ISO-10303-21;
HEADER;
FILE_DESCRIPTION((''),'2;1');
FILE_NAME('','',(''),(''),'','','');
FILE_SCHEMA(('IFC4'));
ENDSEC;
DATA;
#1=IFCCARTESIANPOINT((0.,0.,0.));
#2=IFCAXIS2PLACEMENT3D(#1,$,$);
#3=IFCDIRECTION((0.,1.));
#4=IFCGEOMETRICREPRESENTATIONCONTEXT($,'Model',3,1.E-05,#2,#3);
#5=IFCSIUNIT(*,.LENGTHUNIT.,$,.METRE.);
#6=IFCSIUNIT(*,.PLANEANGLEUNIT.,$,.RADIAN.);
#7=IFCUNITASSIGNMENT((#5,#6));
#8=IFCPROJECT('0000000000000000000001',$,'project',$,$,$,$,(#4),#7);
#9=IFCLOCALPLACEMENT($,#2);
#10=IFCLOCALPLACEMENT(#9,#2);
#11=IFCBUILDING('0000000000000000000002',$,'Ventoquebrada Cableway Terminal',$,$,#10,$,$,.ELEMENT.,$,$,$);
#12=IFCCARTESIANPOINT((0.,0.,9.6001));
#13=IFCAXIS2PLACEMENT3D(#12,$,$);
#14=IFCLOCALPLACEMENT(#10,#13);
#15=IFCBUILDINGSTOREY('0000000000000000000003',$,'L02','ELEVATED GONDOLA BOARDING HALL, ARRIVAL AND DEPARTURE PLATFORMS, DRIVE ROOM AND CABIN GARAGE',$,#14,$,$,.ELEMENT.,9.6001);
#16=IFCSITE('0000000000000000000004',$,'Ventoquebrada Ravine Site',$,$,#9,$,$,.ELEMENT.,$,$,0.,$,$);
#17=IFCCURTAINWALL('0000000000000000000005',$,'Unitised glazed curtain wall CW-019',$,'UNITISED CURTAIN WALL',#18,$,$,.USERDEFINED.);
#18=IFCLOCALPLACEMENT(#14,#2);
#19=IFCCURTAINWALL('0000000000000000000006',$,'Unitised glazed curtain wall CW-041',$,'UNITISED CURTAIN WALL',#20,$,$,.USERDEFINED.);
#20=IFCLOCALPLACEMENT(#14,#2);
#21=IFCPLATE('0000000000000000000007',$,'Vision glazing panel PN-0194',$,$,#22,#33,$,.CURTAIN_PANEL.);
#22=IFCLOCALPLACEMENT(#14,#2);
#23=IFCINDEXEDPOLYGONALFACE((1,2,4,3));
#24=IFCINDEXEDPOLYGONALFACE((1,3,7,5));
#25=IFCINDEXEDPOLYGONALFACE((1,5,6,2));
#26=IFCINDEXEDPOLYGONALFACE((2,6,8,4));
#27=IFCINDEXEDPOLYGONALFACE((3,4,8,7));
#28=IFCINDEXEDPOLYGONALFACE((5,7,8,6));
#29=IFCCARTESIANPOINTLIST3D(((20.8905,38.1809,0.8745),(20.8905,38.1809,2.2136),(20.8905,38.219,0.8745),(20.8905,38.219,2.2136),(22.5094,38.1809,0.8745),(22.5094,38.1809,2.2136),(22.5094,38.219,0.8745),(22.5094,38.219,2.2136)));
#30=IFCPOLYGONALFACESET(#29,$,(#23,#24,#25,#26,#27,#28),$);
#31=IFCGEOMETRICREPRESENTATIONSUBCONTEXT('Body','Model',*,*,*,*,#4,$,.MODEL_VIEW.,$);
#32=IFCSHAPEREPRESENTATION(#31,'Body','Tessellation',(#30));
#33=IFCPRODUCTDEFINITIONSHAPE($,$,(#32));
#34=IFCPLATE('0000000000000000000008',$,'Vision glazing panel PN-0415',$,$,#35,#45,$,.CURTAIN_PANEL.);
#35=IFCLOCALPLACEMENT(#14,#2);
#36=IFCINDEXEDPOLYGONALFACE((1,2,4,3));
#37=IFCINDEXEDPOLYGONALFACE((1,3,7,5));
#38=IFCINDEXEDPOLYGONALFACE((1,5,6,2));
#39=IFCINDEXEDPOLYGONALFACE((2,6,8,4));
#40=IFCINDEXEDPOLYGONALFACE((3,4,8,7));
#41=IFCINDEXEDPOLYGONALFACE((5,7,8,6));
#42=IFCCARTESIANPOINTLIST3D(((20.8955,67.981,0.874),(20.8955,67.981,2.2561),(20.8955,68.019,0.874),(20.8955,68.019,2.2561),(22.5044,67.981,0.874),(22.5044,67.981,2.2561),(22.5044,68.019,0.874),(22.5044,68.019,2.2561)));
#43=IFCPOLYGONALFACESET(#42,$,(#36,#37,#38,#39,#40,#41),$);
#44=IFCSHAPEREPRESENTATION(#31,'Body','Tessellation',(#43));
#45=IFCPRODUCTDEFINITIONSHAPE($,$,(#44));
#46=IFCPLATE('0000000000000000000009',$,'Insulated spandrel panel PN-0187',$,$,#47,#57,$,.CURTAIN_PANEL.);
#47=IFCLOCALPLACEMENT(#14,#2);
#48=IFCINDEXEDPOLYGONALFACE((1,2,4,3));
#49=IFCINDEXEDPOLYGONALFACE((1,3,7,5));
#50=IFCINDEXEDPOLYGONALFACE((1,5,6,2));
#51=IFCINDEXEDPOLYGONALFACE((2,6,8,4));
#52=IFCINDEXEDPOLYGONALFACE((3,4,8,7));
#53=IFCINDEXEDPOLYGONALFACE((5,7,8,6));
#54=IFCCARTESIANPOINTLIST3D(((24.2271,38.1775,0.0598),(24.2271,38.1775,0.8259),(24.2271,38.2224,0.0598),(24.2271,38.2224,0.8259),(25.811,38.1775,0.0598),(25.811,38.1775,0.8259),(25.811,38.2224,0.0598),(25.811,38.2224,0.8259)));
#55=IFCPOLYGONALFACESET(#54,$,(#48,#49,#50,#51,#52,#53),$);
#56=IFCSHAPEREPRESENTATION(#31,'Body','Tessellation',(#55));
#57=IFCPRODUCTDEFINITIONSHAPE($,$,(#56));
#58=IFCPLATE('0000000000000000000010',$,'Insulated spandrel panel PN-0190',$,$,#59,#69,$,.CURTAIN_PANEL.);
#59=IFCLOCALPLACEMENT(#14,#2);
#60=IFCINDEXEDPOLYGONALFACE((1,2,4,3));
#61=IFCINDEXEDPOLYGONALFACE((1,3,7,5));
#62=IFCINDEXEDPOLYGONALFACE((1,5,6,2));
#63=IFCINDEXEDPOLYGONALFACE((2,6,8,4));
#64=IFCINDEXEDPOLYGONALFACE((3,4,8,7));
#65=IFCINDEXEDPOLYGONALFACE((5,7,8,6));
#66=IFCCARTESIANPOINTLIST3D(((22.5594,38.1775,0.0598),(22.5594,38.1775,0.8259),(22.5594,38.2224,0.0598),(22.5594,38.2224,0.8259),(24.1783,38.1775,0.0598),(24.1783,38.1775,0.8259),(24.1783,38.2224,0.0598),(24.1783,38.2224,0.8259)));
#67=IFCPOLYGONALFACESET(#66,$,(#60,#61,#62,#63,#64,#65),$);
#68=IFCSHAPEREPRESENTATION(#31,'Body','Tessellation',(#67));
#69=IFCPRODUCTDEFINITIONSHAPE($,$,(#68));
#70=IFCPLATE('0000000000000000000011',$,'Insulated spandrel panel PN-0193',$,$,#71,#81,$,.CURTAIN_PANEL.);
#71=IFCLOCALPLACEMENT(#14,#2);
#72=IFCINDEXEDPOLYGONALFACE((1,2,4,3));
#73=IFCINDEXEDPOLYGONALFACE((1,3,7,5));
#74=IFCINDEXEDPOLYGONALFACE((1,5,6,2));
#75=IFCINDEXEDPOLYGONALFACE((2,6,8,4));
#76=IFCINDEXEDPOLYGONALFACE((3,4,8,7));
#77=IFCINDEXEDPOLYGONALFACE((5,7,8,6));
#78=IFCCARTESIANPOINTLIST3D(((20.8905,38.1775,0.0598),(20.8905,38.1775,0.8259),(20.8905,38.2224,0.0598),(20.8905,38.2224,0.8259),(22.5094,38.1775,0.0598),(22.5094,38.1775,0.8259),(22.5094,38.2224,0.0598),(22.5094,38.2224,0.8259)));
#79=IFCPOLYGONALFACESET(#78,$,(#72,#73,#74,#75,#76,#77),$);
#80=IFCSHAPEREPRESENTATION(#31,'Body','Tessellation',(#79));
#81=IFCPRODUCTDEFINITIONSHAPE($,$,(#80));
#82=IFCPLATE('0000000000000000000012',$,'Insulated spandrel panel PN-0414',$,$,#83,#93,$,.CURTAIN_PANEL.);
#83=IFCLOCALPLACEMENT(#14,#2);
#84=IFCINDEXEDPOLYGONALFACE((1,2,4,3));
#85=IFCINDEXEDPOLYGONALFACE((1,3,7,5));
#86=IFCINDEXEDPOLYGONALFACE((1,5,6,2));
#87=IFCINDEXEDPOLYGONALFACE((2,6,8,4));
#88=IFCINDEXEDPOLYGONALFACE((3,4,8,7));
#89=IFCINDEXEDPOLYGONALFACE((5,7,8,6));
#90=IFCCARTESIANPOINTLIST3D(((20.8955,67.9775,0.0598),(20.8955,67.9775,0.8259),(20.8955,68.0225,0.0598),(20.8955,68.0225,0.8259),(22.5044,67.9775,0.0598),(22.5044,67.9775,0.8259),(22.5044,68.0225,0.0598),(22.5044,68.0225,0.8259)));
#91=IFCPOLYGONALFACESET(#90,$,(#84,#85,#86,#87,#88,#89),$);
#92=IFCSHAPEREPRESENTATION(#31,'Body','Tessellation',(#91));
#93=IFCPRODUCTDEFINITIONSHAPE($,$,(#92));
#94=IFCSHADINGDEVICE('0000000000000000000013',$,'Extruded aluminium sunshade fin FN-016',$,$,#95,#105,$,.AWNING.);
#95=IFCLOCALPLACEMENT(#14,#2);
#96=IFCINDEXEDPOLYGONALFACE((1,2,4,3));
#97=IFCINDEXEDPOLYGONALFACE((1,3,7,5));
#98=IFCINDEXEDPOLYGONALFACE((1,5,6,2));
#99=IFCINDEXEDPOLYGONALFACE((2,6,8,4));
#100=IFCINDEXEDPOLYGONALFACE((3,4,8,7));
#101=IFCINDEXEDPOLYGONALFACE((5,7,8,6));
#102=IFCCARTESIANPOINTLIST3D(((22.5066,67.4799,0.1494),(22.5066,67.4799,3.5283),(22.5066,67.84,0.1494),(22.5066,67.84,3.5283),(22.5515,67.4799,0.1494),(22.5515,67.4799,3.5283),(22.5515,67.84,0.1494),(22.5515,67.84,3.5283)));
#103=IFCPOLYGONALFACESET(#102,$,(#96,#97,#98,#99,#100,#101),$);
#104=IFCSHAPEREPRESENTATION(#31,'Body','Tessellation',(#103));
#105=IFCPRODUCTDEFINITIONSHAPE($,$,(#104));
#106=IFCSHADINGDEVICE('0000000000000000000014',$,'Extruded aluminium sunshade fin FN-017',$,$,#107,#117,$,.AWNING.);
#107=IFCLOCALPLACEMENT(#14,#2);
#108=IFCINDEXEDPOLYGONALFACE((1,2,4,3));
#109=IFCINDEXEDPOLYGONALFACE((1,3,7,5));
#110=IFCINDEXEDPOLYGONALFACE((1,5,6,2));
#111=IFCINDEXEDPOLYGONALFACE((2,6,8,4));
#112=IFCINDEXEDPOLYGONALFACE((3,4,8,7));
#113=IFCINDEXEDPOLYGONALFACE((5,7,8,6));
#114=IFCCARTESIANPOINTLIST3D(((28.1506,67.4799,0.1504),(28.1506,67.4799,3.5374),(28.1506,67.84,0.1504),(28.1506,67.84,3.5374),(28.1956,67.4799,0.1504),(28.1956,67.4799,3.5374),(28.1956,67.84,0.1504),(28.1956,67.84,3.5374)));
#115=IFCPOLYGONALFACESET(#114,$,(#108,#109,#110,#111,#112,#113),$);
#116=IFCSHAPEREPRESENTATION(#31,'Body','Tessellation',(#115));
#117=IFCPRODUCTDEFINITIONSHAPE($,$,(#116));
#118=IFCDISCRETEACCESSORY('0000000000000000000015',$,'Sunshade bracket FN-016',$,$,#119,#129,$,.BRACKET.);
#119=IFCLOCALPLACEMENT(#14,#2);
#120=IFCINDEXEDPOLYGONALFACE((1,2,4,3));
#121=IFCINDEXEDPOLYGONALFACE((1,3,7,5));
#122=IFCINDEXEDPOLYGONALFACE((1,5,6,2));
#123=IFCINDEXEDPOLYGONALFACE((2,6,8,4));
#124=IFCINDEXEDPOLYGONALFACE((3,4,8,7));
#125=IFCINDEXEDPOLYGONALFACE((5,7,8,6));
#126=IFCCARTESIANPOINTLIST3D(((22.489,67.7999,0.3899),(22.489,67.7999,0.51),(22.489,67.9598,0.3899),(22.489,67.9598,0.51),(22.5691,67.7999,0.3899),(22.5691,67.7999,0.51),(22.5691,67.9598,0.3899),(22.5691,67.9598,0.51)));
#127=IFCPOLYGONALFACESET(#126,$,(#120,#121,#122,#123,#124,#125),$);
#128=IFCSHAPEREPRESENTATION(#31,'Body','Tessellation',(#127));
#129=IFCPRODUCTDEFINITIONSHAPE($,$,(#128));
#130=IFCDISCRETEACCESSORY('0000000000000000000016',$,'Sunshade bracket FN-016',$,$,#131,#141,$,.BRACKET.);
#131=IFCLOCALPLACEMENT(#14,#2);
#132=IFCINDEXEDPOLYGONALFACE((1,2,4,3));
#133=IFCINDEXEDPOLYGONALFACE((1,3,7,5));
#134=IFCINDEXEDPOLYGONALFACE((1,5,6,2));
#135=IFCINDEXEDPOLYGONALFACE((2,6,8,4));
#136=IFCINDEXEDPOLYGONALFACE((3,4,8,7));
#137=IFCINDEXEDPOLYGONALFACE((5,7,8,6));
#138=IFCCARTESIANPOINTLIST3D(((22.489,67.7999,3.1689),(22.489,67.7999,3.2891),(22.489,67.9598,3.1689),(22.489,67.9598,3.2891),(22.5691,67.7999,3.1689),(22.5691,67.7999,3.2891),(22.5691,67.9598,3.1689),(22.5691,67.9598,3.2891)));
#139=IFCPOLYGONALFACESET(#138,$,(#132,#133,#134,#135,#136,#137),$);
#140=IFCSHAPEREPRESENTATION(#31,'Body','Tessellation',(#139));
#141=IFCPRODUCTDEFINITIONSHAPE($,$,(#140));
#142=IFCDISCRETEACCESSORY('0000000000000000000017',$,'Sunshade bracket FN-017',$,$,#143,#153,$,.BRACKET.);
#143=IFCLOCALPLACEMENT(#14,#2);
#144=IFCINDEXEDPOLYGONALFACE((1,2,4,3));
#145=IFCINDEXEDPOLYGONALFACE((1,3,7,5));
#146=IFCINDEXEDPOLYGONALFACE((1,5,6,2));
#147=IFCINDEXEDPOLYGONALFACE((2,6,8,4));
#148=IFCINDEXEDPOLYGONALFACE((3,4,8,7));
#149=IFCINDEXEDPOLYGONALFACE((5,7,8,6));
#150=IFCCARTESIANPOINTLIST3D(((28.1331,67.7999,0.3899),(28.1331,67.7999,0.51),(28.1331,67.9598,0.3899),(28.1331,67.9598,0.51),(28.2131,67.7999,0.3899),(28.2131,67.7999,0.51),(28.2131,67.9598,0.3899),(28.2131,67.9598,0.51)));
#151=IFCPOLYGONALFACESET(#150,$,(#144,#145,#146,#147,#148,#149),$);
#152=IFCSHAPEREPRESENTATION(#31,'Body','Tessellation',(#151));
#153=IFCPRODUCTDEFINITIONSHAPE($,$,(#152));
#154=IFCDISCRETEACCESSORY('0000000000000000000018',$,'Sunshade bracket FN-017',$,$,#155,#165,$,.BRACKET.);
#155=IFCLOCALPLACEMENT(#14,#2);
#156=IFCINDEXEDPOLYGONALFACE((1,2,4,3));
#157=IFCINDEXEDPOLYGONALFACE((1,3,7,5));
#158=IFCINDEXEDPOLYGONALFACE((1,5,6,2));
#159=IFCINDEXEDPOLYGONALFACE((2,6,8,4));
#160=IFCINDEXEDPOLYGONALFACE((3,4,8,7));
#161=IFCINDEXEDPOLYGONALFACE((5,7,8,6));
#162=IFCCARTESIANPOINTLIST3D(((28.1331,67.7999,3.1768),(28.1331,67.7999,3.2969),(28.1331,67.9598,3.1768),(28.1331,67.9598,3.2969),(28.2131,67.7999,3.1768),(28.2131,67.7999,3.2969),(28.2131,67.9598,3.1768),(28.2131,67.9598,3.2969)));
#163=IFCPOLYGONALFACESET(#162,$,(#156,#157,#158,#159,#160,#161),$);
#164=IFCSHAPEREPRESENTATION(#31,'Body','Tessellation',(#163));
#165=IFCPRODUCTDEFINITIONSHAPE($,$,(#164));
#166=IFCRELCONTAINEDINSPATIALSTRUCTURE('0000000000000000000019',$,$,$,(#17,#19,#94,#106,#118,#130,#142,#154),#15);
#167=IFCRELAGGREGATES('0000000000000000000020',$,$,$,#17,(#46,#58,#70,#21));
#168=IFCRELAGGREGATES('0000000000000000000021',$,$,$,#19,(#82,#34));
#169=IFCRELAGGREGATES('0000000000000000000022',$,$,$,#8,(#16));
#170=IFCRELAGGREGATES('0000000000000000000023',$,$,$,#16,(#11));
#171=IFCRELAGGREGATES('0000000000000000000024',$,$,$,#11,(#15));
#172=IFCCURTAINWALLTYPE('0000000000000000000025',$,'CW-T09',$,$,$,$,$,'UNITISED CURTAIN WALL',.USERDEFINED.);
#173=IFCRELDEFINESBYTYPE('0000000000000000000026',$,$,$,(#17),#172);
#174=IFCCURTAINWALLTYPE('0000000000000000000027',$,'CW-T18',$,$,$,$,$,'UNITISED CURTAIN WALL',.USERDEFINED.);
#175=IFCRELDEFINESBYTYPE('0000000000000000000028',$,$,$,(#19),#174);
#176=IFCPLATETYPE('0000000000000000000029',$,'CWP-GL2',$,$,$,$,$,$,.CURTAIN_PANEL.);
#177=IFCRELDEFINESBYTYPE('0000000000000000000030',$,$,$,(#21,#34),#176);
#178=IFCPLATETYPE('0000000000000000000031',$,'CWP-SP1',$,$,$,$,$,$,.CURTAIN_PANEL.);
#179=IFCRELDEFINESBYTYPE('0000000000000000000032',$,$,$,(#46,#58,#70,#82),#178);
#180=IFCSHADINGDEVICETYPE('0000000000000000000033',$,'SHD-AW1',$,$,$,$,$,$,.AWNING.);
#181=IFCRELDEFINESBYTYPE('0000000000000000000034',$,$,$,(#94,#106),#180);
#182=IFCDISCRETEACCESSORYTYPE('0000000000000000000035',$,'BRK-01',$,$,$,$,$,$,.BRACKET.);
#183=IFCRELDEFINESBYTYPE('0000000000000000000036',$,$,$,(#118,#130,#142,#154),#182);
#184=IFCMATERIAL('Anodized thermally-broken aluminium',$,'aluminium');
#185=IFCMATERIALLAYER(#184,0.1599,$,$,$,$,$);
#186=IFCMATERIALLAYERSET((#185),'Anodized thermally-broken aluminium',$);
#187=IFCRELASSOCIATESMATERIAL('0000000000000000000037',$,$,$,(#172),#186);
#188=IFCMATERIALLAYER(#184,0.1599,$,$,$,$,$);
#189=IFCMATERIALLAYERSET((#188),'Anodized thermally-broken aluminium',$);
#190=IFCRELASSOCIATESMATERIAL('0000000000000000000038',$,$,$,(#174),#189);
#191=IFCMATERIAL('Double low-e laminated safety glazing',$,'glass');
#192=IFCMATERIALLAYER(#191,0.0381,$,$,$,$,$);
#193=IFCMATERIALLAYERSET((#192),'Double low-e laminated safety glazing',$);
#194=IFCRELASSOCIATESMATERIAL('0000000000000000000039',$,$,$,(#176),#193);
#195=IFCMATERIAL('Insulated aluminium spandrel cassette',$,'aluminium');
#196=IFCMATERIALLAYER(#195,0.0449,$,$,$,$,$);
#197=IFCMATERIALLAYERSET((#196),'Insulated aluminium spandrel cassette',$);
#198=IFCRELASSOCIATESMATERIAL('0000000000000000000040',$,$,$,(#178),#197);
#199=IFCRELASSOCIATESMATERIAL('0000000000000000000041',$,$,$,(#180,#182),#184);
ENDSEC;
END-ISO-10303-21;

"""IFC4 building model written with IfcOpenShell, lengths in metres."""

from ifc_helpers import new_model, si_unit, direction, frame, origin, origin_2d, place, context, subcontext, project, spatial, rectangle, extrude, material, layer, layer_set, type_object, element, aggregate, save


model = new_model("IFC4")

# Units and contexts
model_context = context("Model", 3, precision=1e-05, world=origin(), true_north=direction((0.0, 1.0)))
body_context = subcontext(model_context, "Body", "Model", "MODEL_VIEW")
ifc_project = project(units=[si_unit("LENGTHUNIT", "METRE"), si_unit("PLANEANGLEUNIT", "RADIAN")], contexts=[model_context])

# Site, building, storey
site_placement = place(None, origin())
site = spatial("IfcSite", under=ifc_project, at=site_placement, Name="Ventoquebrada Ravine Site", CompositionType="ELEMENT", RefElevation=0.0)
building_placement = place(site_placement, origin())
building = spatial("IfcBuilding", under=site, at=building_placement, Name="Ventoquebrada Cableway Terminal", CompositionType="ELEMENT")
storey_placement = place(building_placement, frame((0.0, 0.0, 9.6001)))
storey = spatial("IfcBuildingStorey", under=building, at=storey_placement, Name="L02", Description="ELEVATED GONDOLA BOARDING HALL, ARRIVAL AND DEPARTURE PLATFORMS, DRIVE ROOM AND CABIN GARAGE", CompositionType="ELEMENT", Elevation=9.6001)

# Curtain wall
ifc_material_1 = material(Name="Anodized thermally-broken aluminium", Category="aluminium")
ifc_layer_1 = layer(ifc_material_1, 0.1599)
ifc_layer_set_1 = layer_set([ifc_layer_1], Name="Anodized thermally-broken aluminium")
curtain_wall_type_1 = type_object("IfcCurtainWallType", Name="CW-T09", ElementType="UNITISED CURTAIN WALL", PredefinedType="USERDEFINED", material=ifc_layer_set_1)
curtain_wall_1_placement = place(storey_placement, origin())
curtain_wall_1 = element("IfcCurtainWall", 1, at=curtain_wall_1_placement, inside=storey, type_object=curtain_wall_type_1, Name="Unitised glazed curtain wall CW-019", ObjectType="UNITISED CURTAIN WALL", PredefinedType="USERDEFINED")

# Curtain wall
ifc_layer_2 = layer(ifc_material_1, 0.1599)
ifc_layer_set_2 = layer_set([ifc_layer_2], Name="Anodized thermally-broken aluminium")
curtain_wall_type_2 = type_object("IfcCurtainWallType", Name="CW-T18", ElementType="UNITISED CURTAIN WALL", PredefinedType="USERDEFINED", material=ifc_layer_set_2)
curtain_wall_2_placement = place(storey_placement, origin())
curtain_wall_2 = element("IfcCurtainWall", 2, at=curtain_wall_2_placement, inside=storey, type_object=curtain_wall_type_2, Name="Unitised glazed curtain wall CW-041", ObjectType="UNITISED CURTAIN WALL", PredefinedType="USERDEFINED")

# Plates
ifc_material_2 = material(Name="Double low-e laminated safety glazing", Category="glass")
ifc_layer_3 = layer(ifc_material_2, 0.0381)
ifc_layer_set_3 = layer_set([ifc_layer_3], Name="Double low-e laminated safety glazing")
plate_type_1 = type_object("IfcPlateType", Name="CWP-GL2", PredefinedType="CURTAIN_PANEL", material=ifc_layer_set_3)
plate_1_placement = place(storey_placement, frame((21.7, 38.2, 0.8745), z_axis=(0.0, 0.0, 1.0), x_axis=(-1.0, 0.0, 0.0)))
plate_1 = element("IfcPlate", 3, at=plate_1_placement, type_object=plate_type_1, Name="Vision glazing panel PN-0194", PredefinedType="CURTAIN_PANEL", context=body_context, shape_type="SweptSolid", body=[
    extrude(rectangle(XDim=1.6189, YDim=0.0381, at=origin_2d()), origin(), (0.0, 0.0, 1.0), 1.3391),
])
plate_2_placement = place(storey_placement, frame((21.7, 68.0, 0.874), z_axis=(0.0, 0.0, 1.0), x_axis=(1.0, 0.0, 0.0)))
plate_2 = element("IfcPlate", 4, at=plate_2_placement, type_object=plate_type_1, Name="Vision glazing panel PN-0415", PredefinedType="CURTAIN_PANEL", context=body_context, shape_type="SweptSolid", body=[
    extrude(rectangle(XDim=1.6089, YDim=0.0381, at=origin_2d()), origin(), (0.0, 0.0, 1.0), 1.3821),
])
ifc_material_3 = material(Name="Insulated aluminium spandrel cassette", Category="aluminium")
ifc_layer_4 = layer(ifc_material_3, 0.0449)
ifc_layer_set_4 = layer_set([ifc_layer_4], Name="Insulated aluminium spandrel cassette")
plate_type_2 = type_object("IfcPlateType", Name="CWP-SP1", PredefinedType="CURTAIN_PANEL", material=ifc_layer_set_4)
plate_3_placement = place(storey_placement, frame((25.019, 38.2, 0.0598), z_axis=(0.0, 0.0, 1.0), x_axis=(-1.0, 0.0, 0.0)))
plate_3 = element("IfcPlate", 5, at=plate_3_placement, type_object=plate_type_2, Name="Insulated spandrel panel PN-0187", PredefinedType="CURTAIN_PANEL", context=body_context, shape_type="SweptSolid", body=[
    extrude(rectangle(XDim=1.584, YDim=0.0449, at=origin_2d()), origin(), (0.0, 0.0, 1.0), 0.7661),
])
plate_4_placement = place(storey_placement, frame((23.3689, 38.2, 0.0598), z_axis=(0.0, 0.0, 1.0), x_axis=(-1.0, 0.0, 0.0)))
plate_4 = element("IfcPlate", 6, at=plate_4_placement, type_object=plate_type_2, Name="Insulated spandrel panel PN-0190", PredefinedType="CURTAIN_PANEL", context=body_context, shape_type="SweptSolid", body=[
    extrude(rectangle(XDim=1.6189, YDim=0.0449, at=origin_2d()), origin(), (0.0, 0.0, 1.0), 0.7661),
])
plate_5_placement = place(storey_placement, frame((21.7, 38.2, 0.0598), z_axis=(0.0, 0.0, 1.0), x_axis=(-1.0, 0.0, 0.0)))
plate_5 = element("IfcPlate", 7, at=plate_5_placement, type_object=plate_type_2, Name="Insulated spandrel panel PN-0193", PredefinedType="CURTAIN_PANEL", context=body_context, shape_type="SweptSolid", body=[
    extrude(rectangle(XDim=1.6189, YDim=0.0449, at=origin_2d()), origin(), (0.0, 0.0, 1.0), 0.7661),
])
aggregate(curtain_wall_1, [plate_3, plate_4, plate_5, plate_1])
plate_6_placement = place(storey_placement, frame((21.7, 68.0, 0.0598), z_axis=(0.0, 0.0, 1.0), x_axis=(1.0, 0.0, 0.0)))
plate_6 = element("IfcPlate", 8, at=plate_6_placement, type_object=plate_type_2, Name="Insulated spandrel panel PN-0414", PredefinedType="CURTAIN_PANEL", context=body_context, shape_type="SweptSolid", body=[
    extrude(rectangle(XDim=1.6089, YDim=0.0449, at=origin_2d()), origin(), (0.0, 0.0, 1.0), 0.7661),
])
aggregate(curtain_wall_2, [plate_6, plate_2])

# Shading devices
shading_device_type = type_object("IfcShadingDeviceType", Name="SHD-AW1", PredefinedType="AWNING", material=ifc_material_1)
shading_device_1_placement = place(storey_placement, frame((22.5291, 67.6599, 0.1494), z_axis=(0.0, 0.0, 1.0), x_axis=(1.0, 0.0, 0.0)))
element("IfcShadingDevice", 9, at=shading_device_1_placement, inside=storey, type_object=shading_device_type, Name="Extruded aluminium sunshade fin FN-016", PredefinedType="AWNING", context=body_context, shape_type="SweptSolid", body=[
    extrude(rectangle(XDim=0.0449, YDim=0.3601, at=origin_2d()), origin(), (0.0, 0.0, 1.0), 3.3789),
])
shading_device_2_placement = place(storey_placement, frame((28.1731, 67.6599, 0.1504), z_axis=(0.0, 0.0, 1.0), x_axis=(1.0, 0.0, 0.0)))
element("IfcShadingDevice", 10, at=shading_device_2_placement, inside=storey, type_object=shading_device_type, Name="Extruded aluminium sunshade fin FN-017", PredefinedType="AWNING", context=body_context, shape_type="SweptSolid", body=[
    extrude(rectangle(XDim=0.0449, YDim=0.3601, at=origin_2d()), origin(), (0.0, 0.0, 1.0), 3.387),
])

# Discrete accessories
discrete_accessory_type = type_object("IfcDiscreteAccessoryType", Name="BRK-01", PredefinedType="BRACKET", material=ifc_material_1)
for number, where, z_axis, x_axis, name in (
    (11, (22.5291, 67.8799, 0.3899), (0.0, 0.0, 1.0), (1.0, 0.0, 0.0), "Sunshade bracket FN-016"),
    (12, (22.5291, 67.8799, 3.1689), (0.0, 0.0, 1.0), (1.0, 0.0, 0.0), "Sunshade bracket FN-016"),
    (13, (28.1731, 67.8799, 0.3899), (0.0, 0.0, 1.0), (1.0, 0.0, 0.0), "Sunshade bracket FN-017"),
    (14, (28.1731, 67.8799, 3.1768), (0.0, 0.0, 1.0), (1.0, 0.0, 0.0), "Sunshade bracket FN-017"),
):
    element("IfcDiscreteAccessory", number, at=place(storey_placement, frame(where, z_axis=z_axis, x_axis=x_axis)), inside=storey, type_object=discrete_accessory_type, Name=name, PredefinedType="BRACKET", context=body_context, shape_type="SweptSolid", body=[
        extrude(rectangle(XDim=0.0801, YDim=0.1599, at=origin_2d()), origin(), (0.0, 0.0, 1.0), 0.1201),
    ])

save(model, "model.ifc")
